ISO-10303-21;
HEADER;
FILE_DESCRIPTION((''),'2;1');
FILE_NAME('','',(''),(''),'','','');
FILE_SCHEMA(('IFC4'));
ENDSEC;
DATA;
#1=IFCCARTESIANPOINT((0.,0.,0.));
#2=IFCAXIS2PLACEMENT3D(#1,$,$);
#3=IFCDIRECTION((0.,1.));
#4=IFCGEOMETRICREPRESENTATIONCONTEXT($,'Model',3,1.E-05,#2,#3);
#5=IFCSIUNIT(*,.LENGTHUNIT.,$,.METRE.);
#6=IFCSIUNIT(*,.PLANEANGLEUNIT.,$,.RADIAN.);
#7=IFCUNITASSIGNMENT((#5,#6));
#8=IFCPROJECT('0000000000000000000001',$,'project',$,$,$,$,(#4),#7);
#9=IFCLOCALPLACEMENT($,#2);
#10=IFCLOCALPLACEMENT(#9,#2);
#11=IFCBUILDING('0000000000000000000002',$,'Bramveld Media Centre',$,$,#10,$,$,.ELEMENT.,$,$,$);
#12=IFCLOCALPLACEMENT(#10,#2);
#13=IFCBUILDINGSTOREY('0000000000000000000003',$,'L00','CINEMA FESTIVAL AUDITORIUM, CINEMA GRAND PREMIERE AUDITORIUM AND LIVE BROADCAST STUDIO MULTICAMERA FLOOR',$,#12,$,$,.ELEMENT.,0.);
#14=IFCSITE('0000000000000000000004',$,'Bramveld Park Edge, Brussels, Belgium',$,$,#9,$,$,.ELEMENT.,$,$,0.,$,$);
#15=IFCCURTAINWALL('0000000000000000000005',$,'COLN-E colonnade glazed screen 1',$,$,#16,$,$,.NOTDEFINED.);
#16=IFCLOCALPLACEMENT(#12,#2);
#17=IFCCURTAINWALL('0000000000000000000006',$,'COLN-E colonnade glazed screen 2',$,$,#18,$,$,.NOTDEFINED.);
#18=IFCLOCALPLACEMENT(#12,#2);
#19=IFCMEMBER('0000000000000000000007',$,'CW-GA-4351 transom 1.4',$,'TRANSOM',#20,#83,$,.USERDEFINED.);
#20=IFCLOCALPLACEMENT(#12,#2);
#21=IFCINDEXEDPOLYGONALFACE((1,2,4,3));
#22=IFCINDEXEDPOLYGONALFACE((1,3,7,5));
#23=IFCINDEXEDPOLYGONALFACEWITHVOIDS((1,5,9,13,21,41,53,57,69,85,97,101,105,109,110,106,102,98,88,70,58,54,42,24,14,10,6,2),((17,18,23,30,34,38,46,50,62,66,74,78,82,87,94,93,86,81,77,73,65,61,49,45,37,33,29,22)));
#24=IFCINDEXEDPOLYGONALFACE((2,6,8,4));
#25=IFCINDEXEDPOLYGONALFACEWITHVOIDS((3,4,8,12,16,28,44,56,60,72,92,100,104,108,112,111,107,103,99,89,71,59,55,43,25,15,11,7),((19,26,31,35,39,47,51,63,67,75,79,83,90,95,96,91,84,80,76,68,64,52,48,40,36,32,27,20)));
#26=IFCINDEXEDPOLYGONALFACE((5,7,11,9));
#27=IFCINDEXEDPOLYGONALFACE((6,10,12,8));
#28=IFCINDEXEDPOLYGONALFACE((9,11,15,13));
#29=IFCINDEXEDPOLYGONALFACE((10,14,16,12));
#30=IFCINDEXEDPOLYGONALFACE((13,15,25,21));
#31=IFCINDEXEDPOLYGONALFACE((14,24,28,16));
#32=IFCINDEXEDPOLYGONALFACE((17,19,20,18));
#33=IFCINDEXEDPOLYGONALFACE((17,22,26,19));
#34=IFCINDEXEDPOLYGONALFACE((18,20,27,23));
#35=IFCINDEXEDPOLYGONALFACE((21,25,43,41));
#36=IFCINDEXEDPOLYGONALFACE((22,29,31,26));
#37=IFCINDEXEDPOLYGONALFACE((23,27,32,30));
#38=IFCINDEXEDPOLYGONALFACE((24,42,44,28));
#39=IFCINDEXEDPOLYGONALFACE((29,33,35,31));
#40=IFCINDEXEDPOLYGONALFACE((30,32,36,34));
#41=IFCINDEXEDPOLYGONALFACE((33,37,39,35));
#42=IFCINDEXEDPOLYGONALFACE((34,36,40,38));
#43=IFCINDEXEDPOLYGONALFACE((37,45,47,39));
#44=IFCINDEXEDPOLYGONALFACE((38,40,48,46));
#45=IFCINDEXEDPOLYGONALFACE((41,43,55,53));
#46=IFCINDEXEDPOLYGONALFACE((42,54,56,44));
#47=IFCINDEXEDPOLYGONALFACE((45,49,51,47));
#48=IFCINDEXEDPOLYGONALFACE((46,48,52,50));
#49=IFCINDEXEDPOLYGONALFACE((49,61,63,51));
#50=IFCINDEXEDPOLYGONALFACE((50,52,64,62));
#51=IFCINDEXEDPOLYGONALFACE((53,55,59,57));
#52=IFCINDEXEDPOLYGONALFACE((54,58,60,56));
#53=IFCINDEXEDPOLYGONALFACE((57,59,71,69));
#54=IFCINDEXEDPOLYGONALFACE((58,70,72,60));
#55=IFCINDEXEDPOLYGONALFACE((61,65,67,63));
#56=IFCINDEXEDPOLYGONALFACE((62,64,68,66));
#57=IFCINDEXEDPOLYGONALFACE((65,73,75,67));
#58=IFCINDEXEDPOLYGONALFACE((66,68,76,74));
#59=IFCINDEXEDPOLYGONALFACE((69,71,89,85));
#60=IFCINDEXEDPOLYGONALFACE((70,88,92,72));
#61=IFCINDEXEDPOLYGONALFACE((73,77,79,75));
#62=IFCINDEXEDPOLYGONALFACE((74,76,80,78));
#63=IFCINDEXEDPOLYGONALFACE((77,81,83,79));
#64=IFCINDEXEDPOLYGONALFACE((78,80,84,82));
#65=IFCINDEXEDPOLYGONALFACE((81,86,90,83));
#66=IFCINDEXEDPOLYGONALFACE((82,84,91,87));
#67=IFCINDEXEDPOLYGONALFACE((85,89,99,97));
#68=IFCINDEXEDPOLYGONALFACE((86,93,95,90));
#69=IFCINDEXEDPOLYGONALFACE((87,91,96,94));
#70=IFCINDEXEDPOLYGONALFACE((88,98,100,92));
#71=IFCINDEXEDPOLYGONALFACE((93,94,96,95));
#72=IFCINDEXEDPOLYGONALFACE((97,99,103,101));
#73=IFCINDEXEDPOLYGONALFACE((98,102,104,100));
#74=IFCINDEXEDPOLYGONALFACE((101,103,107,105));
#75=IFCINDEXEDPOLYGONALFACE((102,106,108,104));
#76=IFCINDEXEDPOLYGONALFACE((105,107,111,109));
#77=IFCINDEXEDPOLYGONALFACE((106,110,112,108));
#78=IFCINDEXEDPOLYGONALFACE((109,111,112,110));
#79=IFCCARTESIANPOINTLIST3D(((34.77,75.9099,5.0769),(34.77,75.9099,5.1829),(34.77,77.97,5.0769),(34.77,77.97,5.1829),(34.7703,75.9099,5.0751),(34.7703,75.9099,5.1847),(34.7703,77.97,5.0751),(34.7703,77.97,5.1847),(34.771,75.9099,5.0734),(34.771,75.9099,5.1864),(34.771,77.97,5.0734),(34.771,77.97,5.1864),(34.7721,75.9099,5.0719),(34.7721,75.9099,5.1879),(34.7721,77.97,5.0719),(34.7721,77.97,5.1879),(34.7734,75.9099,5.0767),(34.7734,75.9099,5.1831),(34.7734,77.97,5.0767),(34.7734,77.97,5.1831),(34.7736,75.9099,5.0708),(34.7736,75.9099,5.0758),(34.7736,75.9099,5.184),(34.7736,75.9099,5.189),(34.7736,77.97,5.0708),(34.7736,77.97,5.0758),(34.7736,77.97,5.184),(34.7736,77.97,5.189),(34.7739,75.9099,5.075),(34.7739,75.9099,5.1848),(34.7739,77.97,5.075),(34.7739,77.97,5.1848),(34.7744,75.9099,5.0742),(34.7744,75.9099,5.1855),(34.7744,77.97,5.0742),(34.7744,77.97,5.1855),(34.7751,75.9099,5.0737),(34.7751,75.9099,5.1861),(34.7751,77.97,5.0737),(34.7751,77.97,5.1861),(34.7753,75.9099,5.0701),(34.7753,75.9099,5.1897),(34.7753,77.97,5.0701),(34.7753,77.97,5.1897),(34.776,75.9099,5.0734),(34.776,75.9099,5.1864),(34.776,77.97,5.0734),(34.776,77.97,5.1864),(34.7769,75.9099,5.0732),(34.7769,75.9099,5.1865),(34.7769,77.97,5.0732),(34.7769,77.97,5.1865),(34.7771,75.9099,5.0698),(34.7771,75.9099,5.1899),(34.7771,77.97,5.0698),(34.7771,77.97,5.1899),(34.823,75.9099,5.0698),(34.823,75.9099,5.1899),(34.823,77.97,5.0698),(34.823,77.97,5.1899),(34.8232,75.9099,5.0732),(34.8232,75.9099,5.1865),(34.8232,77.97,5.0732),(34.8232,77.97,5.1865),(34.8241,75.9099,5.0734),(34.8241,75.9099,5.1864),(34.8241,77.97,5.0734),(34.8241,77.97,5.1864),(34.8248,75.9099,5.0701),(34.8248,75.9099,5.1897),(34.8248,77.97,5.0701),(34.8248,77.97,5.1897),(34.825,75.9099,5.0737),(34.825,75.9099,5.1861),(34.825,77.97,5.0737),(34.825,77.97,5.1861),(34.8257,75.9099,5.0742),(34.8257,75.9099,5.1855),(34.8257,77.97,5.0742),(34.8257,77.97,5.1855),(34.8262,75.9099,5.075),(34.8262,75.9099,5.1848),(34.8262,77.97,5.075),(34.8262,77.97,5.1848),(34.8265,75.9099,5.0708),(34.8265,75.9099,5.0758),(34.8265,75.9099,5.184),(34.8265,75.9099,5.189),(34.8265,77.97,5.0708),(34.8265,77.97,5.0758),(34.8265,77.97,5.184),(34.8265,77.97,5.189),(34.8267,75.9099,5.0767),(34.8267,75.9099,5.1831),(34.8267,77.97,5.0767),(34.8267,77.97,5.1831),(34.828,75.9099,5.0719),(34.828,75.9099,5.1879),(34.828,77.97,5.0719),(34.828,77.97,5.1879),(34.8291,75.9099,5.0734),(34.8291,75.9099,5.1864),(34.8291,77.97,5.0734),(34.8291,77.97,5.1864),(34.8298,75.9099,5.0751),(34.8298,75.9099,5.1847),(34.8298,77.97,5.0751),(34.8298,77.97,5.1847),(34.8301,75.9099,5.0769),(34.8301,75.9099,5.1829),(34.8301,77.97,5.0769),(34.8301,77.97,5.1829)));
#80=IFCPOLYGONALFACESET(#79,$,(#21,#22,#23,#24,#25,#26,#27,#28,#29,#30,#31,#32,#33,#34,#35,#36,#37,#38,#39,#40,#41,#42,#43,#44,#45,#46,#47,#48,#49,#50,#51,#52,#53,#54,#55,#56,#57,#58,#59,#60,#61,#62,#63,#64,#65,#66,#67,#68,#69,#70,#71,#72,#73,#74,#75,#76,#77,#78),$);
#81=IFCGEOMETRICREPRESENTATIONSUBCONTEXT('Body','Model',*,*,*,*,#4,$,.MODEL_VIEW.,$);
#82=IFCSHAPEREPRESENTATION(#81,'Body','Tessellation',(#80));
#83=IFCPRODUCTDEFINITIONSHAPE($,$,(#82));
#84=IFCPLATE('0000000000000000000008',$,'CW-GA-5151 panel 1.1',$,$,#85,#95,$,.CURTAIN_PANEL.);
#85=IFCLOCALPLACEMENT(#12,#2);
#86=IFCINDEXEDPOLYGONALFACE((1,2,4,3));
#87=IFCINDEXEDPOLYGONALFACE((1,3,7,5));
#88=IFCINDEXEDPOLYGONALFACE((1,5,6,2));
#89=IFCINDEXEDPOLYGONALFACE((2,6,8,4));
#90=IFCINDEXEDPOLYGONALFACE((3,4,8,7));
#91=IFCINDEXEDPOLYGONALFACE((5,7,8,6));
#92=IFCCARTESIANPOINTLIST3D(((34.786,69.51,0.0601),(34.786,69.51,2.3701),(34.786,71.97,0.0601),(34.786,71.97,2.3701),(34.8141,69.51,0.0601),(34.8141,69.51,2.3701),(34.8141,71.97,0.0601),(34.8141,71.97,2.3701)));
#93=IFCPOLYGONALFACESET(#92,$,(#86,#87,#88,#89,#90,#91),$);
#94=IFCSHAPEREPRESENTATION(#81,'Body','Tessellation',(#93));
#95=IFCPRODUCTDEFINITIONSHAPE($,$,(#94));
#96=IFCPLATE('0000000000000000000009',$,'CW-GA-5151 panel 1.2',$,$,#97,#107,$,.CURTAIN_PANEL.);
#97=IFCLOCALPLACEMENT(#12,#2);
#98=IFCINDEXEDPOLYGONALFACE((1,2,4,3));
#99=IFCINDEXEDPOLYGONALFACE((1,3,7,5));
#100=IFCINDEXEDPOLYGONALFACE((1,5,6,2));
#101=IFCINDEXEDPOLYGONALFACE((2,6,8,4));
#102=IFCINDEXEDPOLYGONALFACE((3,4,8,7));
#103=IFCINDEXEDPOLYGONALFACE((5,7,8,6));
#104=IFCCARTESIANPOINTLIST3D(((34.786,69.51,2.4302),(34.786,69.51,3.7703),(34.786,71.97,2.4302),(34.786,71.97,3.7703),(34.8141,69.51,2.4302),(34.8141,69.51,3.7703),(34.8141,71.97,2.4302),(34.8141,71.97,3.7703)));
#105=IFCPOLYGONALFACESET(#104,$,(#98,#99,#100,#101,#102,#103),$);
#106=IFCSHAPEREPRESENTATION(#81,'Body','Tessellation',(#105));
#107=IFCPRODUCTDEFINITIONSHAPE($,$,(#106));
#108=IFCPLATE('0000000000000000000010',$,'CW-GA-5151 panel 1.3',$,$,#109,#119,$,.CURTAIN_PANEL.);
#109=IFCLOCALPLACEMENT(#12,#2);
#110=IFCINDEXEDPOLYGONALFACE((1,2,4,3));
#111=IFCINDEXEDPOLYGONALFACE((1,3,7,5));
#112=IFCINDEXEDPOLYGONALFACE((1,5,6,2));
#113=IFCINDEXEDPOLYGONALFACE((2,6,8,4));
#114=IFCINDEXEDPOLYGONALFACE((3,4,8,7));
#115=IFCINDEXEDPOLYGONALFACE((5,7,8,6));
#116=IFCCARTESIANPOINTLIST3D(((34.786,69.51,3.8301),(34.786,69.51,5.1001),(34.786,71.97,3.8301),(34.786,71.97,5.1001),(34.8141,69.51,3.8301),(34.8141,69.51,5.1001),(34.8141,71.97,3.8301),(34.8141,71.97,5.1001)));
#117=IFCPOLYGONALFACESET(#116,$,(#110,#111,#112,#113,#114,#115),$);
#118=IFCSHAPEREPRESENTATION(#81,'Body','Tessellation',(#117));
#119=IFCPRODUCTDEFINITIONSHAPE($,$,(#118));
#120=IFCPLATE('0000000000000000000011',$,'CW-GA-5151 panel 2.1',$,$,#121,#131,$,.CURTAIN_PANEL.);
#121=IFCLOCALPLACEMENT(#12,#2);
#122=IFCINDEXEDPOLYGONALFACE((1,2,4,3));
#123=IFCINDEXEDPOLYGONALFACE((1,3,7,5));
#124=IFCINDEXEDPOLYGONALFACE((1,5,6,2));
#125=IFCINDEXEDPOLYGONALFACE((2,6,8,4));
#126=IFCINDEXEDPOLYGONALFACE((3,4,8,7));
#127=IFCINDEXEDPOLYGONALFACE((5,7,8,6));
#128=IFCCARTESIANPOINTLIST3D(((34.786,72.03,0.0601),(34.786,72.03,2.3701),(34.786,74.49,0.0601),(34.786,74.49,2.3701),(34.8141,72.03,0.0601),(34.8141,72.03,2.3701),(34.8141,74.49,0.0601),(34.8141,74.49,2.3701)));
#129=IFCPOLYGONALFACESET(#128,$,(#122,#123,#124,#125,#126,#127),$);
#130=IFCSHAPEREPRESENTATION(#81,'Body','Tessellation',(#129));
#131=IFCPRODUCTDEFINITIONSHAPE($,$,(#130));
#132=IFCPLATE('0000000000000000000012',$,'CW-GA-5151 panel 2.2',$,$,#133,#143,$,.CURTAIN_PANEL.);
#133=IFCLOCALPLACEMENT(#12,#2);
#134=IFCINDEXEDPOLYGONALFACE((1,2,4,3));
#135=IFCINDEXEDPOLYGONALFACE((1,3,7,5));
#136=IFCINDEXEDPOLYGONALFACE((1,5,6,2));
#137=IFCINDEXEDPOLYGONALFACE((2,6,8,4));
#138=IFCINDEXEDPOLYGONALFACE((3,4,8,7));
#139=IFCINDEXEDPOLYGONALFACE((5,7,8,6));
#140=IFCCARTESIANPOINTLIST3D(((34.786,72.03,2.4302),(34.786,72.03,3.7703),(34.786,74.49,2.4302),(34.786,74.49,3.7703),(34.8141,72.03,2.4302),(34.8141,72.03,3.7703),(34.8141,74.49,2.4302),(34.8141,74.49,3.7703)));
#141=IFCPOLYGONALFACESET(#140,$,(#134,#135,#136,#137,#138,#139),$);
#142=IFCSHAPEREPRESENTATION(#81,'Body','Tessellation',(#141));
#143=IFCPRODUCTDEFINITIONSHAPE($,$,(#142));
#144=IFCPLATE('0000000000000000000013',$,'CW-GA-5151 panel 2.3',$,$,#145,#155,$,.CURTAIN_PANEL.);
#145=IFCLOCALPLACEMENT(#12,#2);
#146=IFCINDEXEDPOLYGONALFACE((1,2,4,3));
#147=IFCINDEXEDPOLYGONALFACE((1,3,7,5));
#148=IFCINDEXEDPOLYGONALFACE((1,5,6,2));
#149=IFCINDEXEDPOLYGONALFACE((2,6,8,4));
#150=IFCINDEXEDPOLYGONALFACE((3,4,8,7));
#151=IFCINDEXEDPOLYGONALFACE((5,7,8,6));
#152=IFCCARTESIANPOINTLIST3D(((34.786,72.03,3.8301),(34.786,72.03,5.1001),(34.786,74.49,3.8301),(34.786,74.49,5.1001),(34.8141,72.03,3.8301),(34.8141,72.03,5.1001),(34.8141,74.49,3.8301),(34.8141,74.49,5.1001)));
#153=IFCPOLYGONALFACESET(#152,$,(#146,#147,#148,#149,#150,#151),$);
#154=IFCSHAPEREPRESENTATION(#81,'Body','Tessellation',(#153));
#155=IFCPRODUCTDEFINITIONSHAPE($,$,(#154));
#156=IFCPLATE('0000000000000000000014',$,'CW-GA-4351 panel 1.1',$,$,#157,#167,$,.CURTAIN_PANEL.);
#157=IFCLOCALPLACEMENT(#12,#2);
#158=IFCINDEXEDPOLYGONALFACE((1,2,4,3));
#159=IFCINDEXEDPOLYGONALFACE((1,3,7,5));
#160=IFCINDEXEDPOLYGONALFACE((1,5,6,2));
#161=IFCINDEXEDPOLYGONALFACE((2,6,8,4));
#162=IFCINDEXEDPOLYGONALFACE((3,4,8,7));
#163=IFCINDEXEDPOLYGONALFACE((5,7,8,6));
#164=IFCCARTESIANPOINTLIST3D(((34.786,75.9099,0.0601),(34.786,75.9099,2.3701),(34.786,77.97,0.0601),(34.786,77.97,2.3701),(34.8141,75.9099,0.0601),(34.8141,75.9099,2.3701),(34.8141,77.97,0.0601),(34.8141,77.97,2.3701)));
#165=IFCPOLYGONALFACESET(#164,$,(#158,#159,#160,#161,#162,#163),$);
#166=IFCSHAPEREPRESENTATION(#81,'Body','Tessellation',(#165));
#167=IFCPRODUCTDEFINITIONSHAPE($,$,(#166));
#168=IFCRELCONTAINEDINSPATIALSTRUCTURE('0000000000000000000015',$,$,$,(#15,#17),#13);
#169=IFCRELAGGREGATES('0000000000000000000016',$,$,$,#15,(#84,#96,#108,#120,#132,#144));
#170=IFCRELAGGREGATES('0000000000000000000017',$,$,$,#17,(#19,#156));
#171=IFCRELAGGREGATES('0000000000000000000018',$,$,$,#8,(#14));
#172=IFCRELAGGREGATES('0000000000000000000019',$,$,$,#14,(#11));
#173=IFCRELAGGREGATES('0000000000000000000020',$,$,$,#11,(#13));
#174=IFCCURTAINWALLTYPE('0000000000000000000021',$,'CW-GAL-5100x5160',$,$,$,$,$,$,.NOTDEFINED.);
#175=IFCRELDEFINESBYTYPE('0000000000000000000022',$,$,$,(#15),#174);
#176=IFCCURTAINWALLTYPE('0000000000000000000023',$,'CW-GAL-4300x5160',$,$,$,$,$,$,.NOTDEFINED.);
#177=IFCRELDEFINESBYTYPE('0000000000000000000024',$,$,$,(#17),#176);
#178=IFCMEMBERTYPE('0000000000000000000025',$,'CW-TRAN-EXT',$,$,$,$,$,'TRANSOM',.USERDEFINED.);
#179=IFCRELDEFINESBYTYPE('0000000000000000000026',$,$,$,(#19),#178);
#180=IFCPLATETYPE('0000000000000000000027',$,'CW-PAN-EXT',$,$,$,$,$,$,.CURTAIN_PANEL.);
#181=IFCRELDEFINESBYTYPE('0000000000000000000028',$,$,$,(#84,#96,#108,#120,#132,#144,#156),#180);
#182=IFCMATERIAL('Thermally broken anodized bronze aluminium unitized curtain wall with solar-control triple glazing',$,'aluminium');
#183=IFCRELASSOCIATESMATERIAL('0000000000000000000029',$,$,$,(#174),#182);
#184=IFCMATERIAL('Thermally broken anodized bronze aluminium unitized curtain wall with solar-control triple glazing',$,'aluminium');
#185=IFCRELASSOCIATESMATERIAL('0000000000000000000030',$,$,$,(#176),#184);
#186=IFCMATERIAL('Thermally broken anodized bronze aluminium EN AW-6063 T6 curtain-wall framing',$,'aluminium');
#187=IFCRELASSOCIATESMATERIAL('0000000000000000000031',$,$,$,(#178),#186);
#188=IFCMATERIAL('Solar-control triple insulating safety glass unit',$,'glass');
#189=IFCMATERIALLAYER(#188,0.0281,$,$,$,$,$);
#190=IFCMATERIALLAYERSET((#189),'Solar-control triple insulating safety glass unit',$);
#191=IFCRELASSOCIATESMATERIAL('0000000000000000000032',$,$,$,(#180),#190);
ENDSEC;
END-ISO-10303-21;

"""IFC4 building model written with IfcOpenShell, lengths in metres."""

from ifc_helpers import new_model, si_unit, direction, frame, origin, origin_2d, place, context, subcontext, project, spatial, rectangle, hollow_rectangle, extrude, material, layer, layer_set, material_profile, profile_set, type_object, element, aggregate, save


model = new_model("IFC4")

# Units and contexts
model_context = context("Model", 3, precision=1e-05, world=origin(), true_north=direction((0.0, 1.0)))
body_context = subcontext(model_context, "Body", "Model", "MODEL_VIEW")
ifc_project = project(units=[si_unit("LENGTHUNIT", "METRE"), si_unit("PLANEANGLEUNIT", "RADIAN")], contexts=[model_context])

# Site, building, storey
site_placement = place(None, origin())
site = spatial("IfcSite", under=ifc_project, at=site_placement, Name="Bramveld Park Edge, Brussels, Belgium", CompositionType="ELEMENT", RefElevation=0.0)
building_placement = place(site_placement, origin())
building = spatial("IfcBuilding", under=site, at=building_placement, Name="Bramveld Media Centre", CompositionType="ELEMENT")
storey_placement = place(building_placement, origin())
storey = spatial("IfcBuildingStorey", under=building, at=storey_placement, Name="L00", Description="CINEMA FESTIVAL AUDITORIUM, CINEMA GRAND PREMIERE AUDITORIUM AND LIVE BROADCAST STUDIO MULTICAMERA FLOOR", CompositionType="ELEMENT", Elevation=0.0)

# Curtain wall
ifc_material_1 = material(Name="Thermally broken anodized bronze aluminium unitized curtain wall with solar-control triple glazing", Category="aluminium")
curtain_wall_type_1 = type_object("IfcCurtainWallType", Name="CW-GAL-5100x5160", PredefinedType="NOTDEFINED", material=ifc_material_1)
curtain_wall_1_placement = place(storey_placement, origin())
curtain_wall_1 = element("IfcCurtainWall", 1, at=curtain_wall_1_placement, inside=storey, type_object=curtain_wall_type_1, Name="COLN-E colonnade glazed screen 1", PredefinedType="NOTDEFINED")

# Curtain wall
ifc_material_2 = material(Name="Thermally broken anodized bronze aluminium unitized curtain wall with solar-control triple glazing", Category="aluminium")
curtain_wall_type_2 = type_object("IfcCurtainWallType", Name="CW-GAL-4300x5160", PredefinedType="NOTDEFINED", material=ifc_material_2)
curtain_wall_2_placement = place(storey_placement, origin())
curtain_wall_2 = element("IfcCurtainWall", 2, at=curtain_wall_2_placement, inside=storey, type_object=curtain_wall_type_2, Name="COLN-E colonnade glazed screen 2", PredefinedType="NOTDEFINED")

# Member
ifc_material_3 = material(Name="Thermally broken anodized bronze aluminium EN AW-6063 T6 curtain-wall framing", Category="aluminium")
ifc_material_profile_1 = material_profile(ifc_material_3, hollow_rectangle(XDim=0.0601, YDim=0.1201, WallThickness=0.0034, InnerFilletRadius=0.0034, OuterFilletRadius=0.0071, at=origin_2d()), Name="AL-TRAN 60x120")
ifc_profile_set_1 = profile_set([ifc_material_profile_1], Name="Thermally broken anodized bronze aluminium EN AW-6063 T6 curtain-wall framing")
member_type_1 = type_object("IfcMemberType", Name="CW-TRAN-EXT", ElementType="TRANSOM", PredefinedType="USERDEFINED", material=ifc_profile_set_1)
member_1_placement = place(storey_placement, frame((34.8, 75.9099, 5.1299), z_axis=(0.0, 1.0, 0.0), x_axis=(-1.0, 0.0, 0.0)))
member_1 = element("IfcMember", 3, at=member_1_placement, type_object=member_type_1, Name="CW-GA-4351 transom 1.4", ObjectType="TRANSOM", PredefinedType="USERDEFINED", context=body_context, shape_type="SweptSolid", body=[
    extrude(hollow_rectangle(XDim=0.0601, YDim=0.1201, WallThickness=0.0034, InnerFilletRadius=0.0034, OuterFilletRadius=0.0071, at=origin_2d()), origin(), (0.0, 0.0, 1.0), 2.0601),
])

# Plates
ifc_material_4 = material(Name="Solar-control triple insulating safety glass unit", Category="glass")
ifc_layer = layer(ifc_material_4, 0.0281)
ifc_layer_set = layer_set([ifc_layer], Name="Solar-control triple insulating safety glass unit")
plate_type = type_object("IfcPlateType", Name="CW-PAN-EXT", PredefinedType="CURTAIN_PANEL", material=ifc_layer_set)
plate_1_placement = place(storey_placement, frame((34.8, 70.74, 0.0601), z_axis=(0.0, 0.0, 1.0), x_axis=(0.0, 1.0, 0.0)))
plate_1 = element("IfcPlate", 4, at=plate_1_placement, type_object=plate_type, Name="CW-GA-5151 panel 1.1", PredefinedType="CURTAIN_PANEL", context=body_context, shape_type="SweptSolid", body=[
    extrude(rectangle(XDim=2.46, YDim=0.0281, at=origin_2d()), origin(), (0.0, 0.0, 1.0), 2.3101),
])
plate_2_placement = place(storey_placement, frame((34.8, 70.74, 2.4302), z_axis=(0.0, 0.0, 1.0), x_axis=(0.0, 1.0, 0.0)))
plate_2 = element("IfcPlate", 5, at=plate_2_placement, type_object=plate_type, Name="CW-GA-5151 panel 1.2", PredefinedType="CURTAIN_PANEL", context=body_context, shape_type="SweptSolid", body=[
    extrude(rectangle(XDim=2.46, YDim=0.0281, at=origin_2d()), origin(), (0.0, 0.0, 1.0), 1.3401),
])
plate_3_placement = place(storey_placement, frame((34.8, 70.74, 3.8301), z_axis=(0.0, 0.0, 1.0), x_axis=(0.0, 1.0, 0.0)))
plate_3 = element("IfcPlate", 6, at=plate_3_placement, type_object=plate_type, Name="CW-GA-5151 panel 1.3", PredefinedType="CURTAIN_PANEL", context=body_context, shape_type="SweptSolid", body=[
    extrude(rectangle(XDim=2.46, YDim=0.0281, at=origin_2d()), origin(), (0.0, 0.0, 1.0), 1.27),
])
plate_4_placement = place(storey_placement, frame((34.8, 73.26, 0.0601), z_axis=(0.0, 0.0, 1.0), x_axis=(0.0, 1.0, 0.0)))
plate_4 = element("IfcPlate", 7, at=plate_4_placement, type_object=plate_type, Name="CW-GA-5151 panel 2.1", PredefinedType="CURTAIN_PANEL", context=body_context, shape_type="SweptSolid", body=[
    extrude(rectangle(XDim=2.46, YDim=0.0281, at=origin_2d()), origin(), (0.0, 0.0, 1.0), 2.3101),
])
plate_5_placement = place(storey_placement, frame((34.8, 73.26, 2.4302), z_axis=(0.0, 0.0, 1.0), x_axis=(0.0, 1.0, 0.0)))
plate_5 = element("IfcPlate", 8, at=plate_5_placement, type_object=plate_type, Name="CW-GA-5151 panel 2.2", PredefinedType="CURTAIN_PANEL", context=body_context, shape_type="SweptSolid", body=[
    extrude(rectangle(XDim=2.46, YDim=0.0281, at=origin_2d()), origin(), (0.0, 0.0, 1.0), 1.3401),
])
plate_6_placement = place(storey_placement, frame((34.8, 73.26, 3.8301), z_axis=(0.0, 0.0, 1.0), x_axis=(0.0, 1.0, 0.0)))
plate_6 = element("IfcPlate", 9, at=plate_6_placement, type_object=plate_type, Name="CW-GA-5151 panel 2.3", PredefinedType="CURTAIN_PANEL", context=body_context, shape_type="SweptSolid", body=[
    extrude(rectangle(XDim=2.46, YDim=0.0281, at=origin_2d()), origin(), (0.0, 0.0, 1.0), 1.27),
])
aggregate(curtain_wall_1, [plate_1, plate_2, plate_3, plate_4, plate_5, plate_6])
plate_7_placement = place(storey_placement, frame((34.8, 76.9399, 0.0601), z_axis=(0.0, 0.0, 1.0), x_axis=(0.0, 1.0, 0.0)))
plate_7 = element("IfcPlate", 10, at=plate_7_placement, type_object=plate_type, Name="CW-GA-4351 panel 1.1", PredefinedType="CURTAIN_PANEL", context=body_context, shape_type="SweptSolid", body=[
    extrude(rectangle(XDim=2.0601, YDim=0.0281, at=origin_2d()), origin(), (0.0, 0.0, 1.0), 2.3101),
])
aggregate(curtain_wall_2, [member_1, plate_7])

save(model, "model.ifc")
